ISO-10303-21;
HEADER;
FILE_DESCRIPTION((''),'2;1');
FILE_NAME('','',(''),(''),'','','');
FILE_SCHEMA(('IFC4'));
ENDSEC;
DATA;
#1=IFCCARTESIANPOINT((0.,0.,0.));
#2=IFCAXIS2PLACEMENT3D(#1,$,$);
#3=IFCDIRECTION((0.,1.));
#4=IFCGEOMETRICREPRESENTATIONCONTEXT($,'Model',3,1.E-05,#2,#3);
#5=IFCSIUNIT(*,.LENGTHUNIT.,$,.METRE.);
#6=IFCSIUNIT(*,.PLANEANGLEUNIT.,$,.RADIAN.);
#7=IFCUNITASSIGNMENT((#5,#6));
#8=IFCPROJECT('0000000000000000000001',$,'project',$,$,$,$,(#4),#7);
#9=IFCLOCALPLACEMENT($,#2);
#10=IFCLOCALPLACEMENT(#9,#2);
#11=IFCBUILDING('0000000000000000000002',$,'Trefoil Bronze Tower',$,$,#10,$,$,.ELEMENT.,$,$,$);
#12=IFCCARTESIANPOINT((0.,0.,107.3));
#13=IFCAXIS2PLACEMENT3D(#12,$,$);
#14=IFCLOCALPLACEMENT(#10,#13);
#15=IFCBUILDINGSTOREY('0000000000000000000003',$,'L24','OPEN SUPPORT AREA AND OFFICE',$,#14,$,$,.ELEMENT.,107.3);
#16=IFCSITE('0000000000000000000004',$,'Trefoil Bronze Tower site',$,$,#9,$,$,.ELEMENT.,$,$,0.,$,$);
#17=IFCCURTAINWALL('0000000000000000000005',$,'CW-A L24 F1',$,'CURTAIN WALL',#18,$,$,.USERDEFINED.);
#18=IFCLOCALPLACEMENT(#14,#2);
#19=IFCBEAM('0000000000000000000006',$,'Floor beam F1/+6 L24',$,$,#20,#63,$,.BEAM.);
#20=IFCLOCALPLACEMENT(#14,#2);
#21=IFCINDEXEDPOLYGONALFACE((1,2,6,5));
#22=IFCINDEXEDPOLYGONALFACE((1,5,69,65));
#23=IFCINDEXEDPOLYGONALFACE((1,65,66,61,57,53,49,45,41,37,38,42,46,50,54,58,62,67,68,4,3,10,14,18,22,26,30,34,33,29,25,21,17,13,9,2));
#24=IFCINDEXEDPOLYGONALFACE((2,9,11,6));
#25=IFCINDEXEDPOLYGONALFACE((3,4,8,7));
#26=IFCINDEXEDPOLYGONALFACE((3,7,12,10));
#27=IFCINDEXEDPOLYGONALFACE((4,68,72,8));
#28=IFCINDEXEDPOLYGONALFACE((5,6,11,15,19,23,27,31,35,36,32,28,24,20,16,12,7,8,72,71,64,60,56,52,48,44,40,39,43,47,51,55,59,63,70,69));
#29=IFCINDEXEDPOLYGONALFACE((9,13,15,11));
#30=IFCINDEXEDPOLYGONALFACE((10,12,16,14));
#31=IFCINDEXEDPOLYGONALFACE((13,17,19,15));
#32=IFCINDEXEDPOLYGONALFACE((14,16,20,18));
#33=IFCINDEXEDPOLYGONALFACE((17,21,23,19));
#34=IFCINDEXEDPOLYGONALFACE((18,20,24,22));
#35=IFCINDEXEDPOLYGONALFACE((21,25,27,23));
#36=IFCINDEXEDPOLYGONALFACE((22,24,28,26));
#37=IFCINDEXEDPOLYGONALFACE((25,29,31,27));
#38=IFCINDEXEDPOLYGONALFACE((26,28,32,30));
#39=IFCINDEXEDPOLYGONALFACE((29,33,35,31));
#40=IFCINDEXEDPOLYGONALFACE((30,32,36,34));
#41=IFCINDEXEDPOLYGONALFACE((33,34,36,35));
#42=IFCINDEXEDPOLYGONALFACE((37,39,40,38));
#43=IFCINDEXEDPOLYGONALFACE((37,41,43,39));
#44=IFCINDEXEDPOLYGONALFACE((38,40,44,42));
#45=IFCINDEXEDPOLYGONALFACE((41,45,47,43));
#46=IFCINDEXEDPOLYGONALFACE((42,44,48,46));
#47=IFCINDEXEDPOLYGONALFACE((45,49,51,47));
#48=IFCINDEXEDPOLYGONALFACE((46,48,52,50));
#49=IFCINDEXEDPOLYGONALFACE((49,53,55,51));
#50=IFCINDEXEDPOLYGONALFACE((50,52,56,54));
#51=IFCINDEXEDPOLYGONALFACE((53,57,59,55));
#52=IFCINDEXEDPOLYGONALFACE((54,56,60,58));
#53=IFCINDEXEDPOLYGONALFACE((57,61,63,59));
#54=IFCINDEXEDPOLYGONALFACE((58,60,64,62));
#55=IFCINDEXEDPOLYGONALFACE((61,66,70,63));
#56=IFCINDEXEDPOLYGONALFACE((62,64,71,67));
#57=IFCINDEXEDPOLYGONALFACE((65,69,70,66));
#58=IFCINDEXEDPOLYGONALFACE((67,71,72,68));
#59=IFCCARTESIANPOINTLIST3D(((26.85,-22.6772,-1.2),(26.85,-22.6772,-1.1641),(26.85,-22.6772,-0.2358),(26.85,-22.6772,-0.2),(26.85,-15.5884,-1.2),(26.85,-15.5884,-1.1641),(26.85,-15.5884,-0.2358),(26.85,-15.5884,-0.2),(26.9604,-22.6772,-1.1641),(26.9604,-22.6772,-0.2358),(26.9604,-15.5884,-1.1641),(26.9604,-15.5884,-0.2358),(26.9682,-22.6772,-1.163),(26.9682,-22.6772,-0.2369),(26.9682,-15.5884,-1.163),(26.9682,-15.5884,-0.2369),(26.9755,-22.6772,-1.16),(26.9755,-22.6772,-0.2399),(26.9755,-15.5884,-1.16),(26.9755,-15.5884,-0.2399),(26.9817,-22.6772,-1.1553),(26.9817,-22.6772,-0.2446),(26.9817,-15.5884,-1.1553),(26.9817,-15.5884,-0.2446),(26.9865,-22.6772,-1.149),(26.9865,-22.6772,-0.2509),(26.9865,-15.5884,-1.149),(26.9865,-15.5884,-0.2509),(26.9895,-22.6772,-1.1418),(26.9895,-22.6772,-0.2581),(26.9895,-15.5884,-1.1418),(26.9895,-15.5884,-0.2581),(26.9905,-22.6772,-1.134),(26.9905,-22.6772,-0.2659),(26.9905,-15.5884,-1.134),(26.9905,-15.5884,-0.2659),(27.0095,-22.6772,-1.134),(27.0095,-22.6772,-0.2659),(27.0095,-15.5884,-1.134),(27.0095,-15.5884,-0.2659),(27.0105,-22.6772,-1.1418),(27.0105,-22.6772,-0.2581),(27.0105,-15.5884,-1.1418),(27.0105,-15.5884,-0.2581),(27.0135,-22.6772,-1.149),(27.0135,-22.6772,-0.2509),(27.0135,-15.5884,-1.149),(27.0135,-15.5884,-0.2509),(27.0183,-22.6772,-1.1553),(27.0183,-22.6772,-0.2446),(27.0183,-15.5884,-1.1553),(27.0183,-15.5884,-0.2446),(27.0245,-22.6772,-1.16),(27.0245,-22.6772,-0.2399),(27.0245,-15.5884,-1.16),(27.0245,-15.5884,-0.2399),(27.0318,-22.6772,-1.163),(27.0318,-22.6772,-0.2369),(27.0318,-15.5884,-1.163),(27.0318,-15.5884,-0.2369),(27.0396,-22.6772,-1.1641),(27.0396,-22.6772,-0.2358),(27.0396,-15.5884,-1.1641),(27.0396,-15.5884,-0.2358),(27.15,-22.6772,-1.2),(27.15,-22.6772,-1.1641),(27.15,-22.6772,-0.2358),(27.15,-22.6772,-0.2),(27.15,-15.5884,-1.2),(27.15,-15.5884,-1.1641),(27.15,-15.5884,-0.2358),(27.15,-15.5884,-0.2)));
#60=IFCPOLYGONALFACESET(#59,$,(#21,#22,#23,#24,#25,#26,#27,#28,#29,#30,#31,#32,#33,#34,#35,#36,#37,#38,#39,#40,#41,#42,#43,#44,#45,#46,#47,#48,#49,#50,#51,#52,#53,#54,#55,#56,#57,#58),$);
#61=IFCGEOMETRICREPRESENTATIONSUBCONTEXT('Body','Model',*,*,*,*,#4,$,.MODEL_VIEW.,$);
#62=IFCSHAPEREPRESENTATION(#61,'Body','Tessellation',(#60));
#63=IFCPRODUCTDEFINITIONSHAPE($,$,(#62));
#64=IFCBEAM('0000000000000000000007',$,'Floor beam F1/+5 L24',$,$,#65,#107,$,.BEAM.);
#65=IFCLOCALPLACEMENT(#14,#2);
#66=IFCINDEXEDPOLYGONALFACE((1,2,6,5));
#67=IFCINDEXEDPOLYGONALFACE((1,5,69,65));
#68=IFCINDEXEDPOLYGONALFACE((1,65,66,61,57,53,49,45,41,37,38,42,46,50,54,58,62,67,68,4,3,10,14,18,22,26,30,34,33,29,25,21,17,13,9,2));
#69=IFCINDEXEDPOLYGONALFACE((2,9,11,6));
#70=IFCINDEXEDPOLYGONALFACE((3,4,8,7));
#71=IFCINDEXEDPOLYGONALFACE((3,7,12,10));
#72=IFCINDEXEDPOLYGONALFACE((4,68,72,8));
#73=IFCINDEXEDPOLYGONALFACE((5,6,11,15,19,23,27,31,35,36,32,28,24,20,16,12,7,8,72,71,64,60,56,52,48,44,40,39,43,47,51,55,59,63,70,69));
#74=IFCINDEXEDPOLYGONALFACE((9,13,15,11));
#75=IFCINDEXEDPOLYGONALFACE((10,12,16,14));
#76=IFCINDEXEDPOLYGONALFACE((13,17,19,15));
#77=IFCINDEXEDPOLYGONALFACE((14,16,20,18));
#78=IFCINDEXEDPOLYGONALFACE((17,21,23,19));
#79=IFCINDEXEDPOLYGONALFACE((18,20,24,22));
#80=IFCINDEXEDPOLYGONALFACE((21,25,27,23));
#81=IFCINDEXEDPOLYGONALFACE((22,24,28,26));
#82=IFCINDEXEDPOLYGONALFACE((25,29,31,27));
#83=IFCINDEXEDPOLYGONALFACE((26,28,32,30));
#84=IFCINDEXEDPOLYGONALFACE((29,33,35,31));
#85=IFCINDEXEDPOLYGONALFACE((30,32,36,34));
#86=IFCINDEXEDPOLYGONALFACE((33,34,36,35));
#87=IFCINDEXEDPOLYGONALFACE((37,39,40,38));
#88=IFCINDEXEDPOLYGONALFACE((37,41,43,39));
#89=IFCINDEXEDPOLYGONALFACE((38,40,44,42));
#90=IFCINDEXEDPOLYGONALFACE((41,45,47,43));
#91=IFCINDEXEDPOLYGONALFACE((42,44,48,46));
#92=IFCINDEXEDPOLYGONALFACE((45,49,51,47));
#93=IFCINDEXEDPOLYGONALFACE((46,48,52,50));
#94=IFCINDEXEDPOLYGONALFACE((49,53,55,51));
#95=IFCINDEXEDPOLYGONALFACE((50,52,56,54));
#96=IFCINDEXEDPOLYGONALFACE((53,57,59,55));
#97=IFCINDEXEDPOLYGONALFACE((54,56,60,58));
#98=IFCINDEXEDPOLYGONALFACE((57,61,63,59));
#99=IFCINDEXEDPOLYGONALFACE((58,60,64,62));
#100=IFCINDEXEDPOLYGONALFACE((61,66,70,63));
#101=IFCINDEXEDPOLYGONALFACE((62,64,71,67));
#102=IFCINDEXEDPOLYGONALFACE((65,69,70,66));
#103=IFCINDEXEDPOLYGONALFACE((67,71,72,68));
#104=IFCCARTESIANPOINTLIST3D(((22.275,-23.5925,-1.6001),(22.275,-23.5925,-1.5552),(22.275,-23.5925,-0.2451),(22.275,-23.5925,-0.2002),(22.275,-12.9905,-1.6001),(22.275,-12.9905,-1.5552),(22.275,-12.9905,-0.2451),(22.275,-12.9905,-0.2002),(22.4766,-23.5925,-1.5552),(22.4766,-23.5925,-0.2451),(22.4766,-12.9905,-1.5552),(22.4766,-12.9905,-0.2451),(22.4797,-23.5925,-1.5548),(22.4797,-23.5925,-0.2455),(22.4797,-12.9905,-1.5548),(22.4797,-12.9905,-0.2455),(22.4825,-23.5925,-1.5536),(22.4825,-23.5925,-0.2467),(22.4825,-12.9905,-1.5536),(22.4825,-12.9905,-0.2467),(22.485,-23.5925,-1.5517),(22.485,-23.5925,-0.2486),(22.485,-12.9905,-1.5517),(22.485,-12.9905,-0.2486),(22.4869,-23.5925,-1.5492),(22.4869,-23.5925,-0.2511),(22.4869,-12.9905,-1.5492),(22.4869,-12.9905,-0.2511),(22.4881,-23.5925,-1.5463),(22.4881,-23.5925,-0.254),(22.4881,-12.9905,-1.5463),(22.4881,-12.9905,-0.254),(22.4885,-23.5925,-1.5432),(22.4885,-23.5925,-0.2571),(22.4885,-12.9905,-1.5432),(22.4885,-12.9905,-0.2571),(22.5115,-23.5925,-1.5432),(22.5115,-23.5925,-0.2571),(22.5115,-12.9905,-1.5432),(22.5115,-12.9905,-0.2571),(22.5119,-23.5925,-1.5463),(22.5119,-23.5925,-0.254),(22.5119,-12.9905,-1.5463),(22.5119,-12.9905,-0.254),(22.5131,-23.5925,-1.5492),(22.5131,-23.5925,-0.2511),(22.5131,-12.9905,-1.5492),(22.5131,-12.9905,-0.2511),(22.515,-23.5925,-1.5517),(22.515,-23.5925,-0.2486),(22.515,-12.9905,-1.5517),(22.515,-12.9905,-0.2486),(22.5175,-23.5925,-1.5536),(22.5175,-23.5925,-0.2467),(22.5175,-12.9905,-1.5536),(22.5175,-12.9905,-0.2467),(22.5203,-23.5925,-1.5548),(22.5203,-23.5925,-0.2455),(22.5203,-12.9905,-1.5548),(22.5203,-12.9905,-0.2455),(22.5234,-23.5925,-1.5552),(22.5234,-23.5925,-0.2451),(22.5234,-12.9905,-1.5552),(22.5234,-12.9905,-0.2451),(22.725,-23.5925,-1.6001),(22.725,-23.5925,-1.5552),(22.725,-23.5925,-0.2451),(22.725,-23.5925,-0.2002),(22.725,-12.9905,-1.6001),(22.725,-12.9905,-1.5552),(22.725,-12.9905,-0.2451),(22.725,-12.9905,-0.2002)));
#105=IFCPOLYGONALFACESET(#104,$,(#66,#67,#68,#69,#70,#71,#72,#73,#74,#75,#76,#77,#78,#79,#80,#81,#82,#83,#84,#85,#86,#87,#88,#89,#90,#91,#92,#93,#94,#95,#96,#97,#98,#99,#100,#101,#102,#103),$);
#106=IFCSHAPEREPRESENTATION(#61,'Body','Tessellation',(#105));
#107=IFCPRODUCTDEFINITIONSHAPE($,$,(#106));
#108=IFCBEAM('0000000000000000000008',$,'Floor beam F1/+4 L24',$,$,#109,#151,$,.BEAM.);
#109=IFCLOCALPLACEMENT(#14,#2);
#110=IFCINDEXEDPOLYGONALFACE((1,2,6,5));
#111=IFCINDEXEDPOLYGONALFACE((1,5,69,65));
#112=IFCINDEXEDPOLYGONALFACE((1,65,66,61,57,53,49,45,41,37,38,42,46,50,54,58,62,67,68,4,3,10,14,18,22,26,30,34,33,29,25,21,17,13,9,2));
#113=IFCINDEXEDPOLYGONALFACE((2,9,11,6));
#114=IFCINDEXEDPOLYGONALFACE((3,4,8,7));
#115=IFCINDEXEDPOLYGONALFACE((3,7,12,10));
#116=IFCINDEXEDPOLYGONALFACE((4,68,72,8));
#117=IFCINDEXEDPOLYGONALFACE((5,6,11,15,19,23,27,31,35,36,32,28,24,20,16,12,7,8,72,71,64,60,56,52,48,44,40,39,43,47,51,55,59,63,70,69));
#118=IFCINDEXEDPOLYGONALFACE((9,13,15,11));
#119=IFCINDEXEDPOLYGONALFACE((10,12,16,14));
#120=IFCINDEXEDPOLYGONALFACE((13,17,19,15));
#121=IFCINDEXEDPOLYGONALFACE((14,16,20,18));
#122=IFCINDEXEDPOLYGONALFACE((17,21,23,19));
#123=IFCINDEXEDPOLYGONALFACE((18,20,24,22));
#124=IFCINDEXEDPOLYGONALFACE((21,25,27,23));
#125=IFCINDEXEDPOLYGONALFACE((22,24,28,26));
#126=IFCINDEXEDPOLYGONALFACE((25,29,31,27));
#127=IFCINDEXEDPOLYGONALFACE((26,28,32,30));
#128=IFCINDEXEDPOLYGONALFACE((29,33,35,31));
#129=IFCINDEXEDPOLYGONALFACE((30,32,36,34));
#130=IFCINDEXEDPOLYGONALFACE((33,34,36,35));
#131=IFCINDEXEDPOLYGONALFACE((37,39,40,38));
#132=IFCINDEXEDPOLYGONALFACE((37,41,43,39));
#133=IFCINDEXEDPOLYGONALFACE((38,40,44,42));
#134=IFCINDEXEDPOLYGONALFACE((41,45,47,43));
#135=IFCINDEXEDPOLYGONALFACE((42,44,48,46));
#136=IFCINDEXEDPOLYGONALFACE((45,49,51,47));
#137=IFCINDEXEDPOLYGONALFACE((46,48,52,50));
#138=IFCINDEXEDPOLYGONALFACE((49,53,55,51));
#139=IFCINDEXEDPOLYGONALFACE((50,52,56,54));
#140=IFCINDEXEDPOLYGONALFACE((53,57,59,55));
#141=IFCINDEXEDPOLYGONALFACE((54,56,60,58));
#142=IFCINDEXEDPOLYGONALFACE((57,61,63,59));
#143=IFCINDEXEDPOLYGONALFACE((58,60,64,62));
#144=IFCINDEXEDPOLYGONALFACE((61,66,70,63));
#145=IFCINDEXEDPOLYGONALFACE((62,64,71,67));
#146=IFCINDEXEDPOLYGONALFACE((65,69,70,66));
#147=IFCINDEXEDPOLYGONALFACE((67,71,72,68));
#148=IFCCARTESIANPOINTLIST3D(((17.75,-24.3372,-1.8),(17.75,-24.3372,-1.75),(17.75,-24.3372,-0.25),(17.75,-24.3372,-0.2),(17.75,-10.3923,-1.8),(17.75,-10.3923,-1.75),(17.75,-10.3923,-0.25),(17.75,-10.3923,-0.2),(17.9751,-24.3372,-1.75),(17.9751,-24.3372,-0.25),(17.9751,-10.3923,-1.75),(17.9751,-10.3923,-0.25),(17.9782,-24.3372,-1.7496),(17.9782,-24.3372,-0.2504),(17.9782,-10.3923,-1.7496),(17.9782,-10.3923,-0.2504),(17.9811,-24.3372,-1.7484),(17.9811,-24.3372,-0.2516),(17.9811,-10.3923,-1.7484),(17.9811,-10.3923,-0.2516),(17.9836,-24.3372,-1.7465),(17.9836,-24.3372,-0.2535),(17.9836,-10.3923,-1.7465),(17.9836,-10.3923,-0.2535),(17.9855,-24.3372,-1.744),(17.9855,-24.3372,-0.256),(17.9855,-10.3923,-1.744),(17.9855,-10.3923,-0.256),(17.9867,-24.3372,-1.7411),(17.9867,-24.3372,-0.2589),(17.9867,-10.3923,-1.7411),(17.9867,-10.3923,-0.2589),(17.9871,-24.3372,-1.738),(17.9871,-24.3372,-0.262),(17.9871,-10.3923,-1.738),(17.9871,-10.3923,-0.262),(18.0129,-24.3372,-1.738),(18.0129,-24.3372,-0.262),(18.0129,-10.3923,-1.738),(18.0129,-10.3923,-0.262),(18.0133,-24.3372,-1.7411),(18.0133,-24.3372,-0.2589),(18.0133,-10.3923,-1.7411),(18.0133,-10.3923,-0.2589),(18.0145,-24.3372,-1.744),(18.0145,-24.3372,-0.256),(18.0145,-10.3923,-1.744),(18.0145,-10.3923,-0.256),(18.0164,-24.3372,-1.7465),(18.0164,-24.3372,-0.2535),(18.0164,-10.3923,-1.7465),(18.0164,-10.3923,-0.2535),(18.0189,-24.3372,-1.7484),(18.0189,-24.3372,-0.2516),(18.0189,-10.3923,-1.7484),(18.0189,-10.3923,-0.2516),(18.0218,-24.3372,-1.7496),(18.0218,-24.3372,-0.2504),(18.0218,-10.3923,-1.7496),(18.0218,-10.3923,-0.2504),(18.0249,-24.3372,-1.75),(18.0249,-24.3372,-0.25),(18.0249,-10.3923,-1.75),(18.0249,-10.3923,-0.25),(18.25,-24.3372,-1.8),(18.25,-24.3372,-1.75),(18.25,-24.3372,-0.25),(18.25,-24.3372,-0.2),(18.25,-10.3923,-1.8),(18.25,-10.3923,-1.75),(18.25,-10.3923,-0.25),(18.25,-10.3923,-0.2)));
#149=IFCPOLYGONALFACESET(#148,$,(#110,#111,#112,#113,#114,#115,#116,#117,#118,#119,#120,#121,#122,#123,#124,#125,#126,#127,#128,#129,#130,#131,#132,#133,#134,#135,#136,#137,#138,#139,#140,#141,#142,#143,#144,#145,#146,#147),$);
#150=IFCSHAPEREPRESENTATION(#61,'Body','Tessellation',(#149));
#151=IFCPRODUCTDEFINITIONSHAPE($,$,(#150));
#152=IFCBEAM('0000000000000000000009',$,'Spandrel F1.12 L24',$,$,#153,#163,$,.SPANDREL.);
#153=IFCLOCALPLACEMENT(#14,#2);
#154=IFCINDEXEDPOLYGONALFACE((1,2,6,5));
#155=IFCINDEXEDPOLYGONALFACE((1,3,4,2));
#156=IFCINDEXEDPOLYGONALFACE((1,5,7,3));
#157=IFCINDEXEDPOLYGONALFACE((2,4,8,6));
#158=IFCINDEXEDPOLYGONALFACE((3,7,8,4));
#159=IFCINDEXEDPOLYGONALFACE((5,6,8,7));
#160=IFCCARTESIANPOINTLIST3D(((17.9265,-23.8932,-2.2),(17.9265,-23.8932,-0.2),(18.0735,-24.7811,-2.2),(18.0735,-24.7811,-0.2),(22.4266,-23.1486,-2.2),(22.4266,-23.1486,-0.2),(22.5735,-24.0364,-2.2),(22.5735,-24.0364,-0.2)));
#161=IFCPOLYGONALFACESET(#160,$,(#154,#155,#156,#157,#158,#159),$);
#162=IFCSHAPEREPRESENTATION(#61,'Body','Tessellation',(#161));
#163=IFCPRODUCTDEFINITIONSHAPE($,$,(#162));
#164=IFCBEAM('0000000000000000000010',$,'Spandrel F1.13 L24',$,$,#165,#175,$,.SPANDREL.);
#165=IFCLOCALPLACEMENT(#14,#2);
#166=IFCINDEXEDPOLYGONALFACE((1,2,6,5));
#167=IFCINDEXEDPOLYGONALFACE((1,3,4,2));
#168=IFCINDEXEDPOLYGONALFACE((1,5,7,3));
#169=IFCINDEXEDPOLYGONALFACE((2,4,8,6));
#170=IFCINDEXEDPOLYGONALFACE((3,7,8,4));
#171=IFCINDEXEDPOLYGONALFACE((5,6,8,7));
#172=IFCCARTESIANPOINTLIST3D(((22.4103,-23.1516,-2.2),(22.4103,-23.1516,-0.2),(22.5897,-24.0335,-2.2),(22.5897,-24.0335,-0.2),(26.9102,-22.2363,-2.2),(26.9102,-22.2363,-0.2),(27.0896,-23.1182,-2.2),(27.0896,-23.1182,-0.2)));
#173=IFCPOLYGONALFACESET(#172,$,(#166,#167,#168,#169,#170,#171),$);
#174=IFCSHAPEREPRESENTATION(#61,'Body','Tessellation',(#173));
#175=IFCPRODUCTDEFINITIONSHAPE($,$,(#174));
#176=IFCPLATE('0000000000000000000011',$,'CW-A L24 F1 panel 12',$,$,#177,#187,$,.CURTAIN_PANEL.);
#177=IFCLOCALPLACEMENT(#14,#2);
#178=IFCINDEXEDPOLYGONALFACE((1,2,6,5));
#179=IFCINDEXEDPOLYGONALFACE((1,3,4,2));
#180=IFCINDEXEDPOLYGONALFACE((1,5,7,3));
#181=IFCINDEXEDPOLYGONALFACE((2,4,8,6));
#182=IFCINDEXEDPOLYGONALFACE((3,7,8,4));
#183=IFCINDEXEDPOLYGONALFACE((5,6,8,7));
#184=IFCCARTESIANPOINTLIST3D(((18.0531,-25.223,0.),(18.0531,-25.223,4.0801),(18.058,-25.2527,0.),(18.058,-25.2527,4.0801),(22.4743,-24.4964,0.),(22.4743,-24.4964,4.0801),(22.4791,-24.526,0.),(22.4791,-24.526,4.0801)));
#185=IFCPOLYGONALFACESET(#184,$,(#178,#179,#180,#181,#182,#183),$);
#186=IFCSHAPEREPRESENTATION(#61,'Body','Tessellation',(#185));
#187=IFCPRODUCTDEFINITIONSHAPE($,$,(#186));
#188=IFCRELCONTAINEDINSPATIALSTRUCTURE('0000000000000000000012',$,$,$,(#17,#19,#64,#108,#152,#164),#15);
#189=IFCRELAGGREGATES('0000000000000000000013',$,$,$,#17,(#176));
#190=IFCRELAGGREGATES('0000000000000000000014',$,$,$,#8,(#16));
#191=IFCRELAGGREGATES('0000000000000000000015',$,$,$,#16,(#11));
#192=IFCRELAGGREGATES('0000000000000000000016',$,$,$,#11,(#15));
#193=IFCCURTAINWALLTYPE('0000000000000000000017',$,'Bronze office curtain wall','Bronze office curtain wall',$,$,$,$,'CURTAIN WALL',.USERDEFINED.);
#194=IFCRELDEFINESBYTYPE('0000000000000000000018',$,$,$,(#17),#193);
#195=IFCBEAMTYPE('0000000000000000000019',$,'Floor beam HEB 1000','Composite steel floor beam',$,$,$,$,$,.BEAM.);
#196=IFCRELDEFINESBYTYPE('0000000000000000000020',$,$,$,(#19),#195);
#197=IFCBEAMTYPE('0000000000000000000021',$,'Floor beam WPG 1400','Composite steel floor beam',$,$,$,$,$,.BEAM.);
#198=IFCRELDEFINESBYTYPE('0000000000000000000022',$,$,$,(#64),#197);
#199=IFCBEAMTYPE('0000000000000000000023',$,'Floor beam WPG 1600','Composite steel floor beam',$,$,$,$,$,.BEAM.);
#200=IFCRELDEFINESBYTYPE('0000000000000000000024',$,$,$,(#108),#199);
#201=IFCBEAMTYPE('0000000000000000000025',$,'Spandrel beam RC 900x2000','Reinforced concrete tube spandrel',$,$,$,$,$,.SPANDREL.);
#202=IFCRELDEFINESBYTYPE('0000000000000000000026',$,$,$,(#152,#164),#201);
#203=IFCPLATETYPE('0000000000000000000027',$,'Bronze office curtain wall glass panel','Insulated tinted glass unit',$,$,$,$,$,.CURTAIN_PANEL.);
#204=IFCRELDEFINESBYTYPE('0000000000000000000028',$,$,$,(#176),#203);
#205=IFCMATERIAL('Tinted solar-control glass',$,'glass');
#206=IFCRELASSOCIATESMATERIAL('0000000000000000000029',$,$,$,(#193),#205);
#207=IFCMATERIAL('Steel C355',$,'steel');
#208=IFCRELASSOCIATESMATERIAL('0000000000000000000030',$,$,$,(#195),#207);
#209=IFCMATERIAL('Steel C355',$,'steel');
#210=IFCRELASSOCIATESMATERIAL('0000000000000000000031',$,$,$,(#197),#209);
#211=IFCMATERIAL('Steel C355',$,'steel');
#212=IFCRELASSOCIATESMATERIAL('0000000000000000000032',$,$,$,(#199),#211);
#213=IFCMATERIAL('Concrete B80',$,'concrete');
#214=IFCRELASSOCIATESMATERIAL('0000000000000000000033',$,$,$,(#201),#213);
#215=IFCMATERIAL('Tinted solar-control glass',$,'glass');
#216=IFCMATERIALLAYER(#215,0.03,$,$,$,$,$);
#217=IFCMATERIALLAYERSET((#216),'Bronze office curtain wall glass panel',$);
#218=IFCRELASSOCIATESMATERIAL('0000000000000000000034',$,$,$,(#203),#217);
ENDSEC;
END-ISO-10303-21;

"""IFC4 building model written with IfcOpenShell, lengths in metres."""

from ifc_helpers import new_model, si_unit, direction, frame, origin, origin_2d, place, context, subcontext, project, spatial, rectangle, i_section, extrude, material, layer, layer_set, material_profile, profile_set, type_object, element, aggregate, save


model = new_model("IFC4")

# Units and contexts
model_context = context("Model", 3, precision=1e-05, world=origin(), true_north=direction((0.0, 1.0)))
body_context = subcontext(model_context, "Body", "Model", "MODEL_VIEW")
ifc_project = project(units=[si_unit("LENGTHUNIT", "METRE"), si_unit("PLANEANGLEUNIT", "RADIAN")], contexts=[model_context])

# Site, building, storey
site_placement = place(None, origin())
site = spatial("IfcSite", under=ifc_project, at=site_placement, Name="Trefoil Bronze Tower site", CompositionType="ELEMENT", RefElevation=0.0)
building_placement = place(site_placement, origin())
building = spatial("IfcBuilding", under=site, at=building_placement, Name="Trefoil Bronze Tower", CompositionType="ELEMENT")
storey_placement = place(building_placement, frame((0.0, 0.0, 107.3)))
storey = spatial("IfcBuildingStorey", under=building, at=storey_placement, Name="L24", Description="OPEN SUPPORT AREA AND OFFICE", CompositionType="ELEMENT", Elevation=107.3)

# Curtain wall
ifc_material_1 = material(Name="Tinted solar-control glass", Category="glass")
curtain_wall_type_1 = type_object("IfcCurtainWallType", Name="Bronze office curtain wall", Description="Bronze office curtain wall", ElementType="CURTAIN WALL", PredefinedType="USERDEFINED", material=ifc_material_1)
curtain_wall_1_placement = place(storey_placement, origin())
curtain_wall_1 = element("IfcCurtainWall", 1, at=curtain_wall_1_placement, inside=storey, type_object=curtain_wall_type_1, Name="CW-A L24 F1", ObjectType="CURTAIN WALL", PredefinedType="USERDEFINED")

# Beams
ifc_material_2 = material(Name="Steel C355", Category="steel")
ifc_material_profile_1 = material_profile(ifc_material_2, i_section(OverallWidth=0.3, OverallDepth=1.0, WebThickness=0.019, FlangeThickness=0.0359, FilletRadius=0.03, at=origin_2d()), Name="HEB 1000")
ifc_profile_set_1 = profile_set([ifc_material_profile_1], Name="Steel C355")
beam_type_1 = type_object("IfcBeamType", Name="Floor beam HEB 1000", Description="Composite steel floor beam", PredefinedType="BEAM", material=ifc_profile_set_1)
beam_1_placement = place(storey_placement, frame((27.0, -22.6772, -0.7), z_axis=(0.0, 1.0, 0.0), x_axis=(-1.0, 0.0, 0.0)))
element("IfcBeam", 2, at=beam_1_placement, inside=storey, type_object=beam_type_1, Name="Floor beam F1/+6 L24", PredefinedType="BEAM", context=body_context, shape_type="SweptSolid", body=[
    extrude(i_section(OverallWidth=0.3, OverallDepth=1.0, WebThickness=0.019, FlangeThickness=0.0359, FilletRadius=0.03, at=origin_2d()), origin(), (0.0, 0.0, 1.0), 7.0889),
])
ifc_material_3 = material(Name="Steel C355", Category="steel")
ifc_material_profile_2 = material_profile(ifc_material_3, i_section(OverallWidth=0.45, OverallDepth=1.3999, WebThickness=0.0229, FlangeThickness=0.0449, FilletRadius=0.012, at=origin_2d()), Name="WPG 1400")
ifc_profile_set_2 = profile_set([ifc_material_profile_2], Name="Steel C355")
beam_type_2 = type_object("IfcBeamType", Name="Floor beam WPG 1400", Description="Composite steel floor beam", PredefinedType="BEAM", material=ifc_profile_set_2)
beam_2_placement = place(storey_placement, frame((22.5, -23.5925, -0.9001), z_axis=(0.0, 1.0, 0.0), x_axis=(-1.0, 0.0, 0.0)))
element("IfcBeam", 3, at=beam_2_placement, inside=storey, type_object=beam_type_2, Name="Floor beam F1/+5 L24", PredefinedType="BEAM", context=body_context, shape_type="SweptSolid", body=[
    extrude(i_section(OverallWidth=0.45, OverallDepth=1.3999, WebThickness=0.0229, FlangeThickness=0.0449, FilletRadius=0.012, at=origin_2d()), origin(), (0.0, 0.0, 1.0), 10.6021),
])
ifc_material_4 = material(Name="Steel C355", Category="steel")
ifc_material_profile_3 = material_profile(ifc_material_4, i_section(OverallWidth=0.5, OverallDepth=1.6001, WebThickness=0.0259, FlangeThickness=0.05, FilletRadius=0.012, at=origin_2d()), Name="WPG 1600")
ifc_profile_set_3 = profile_set([ifc_material_profile_3], Name="Steel C355")
beam_type_3 = type_object("IfcBeamType", Name="Floor beam WPG 1600", Description="Composite steel floor beam", PredefinedType="BEAM", material=ifc_profile_set_3)
beam_3_placement = place(storey_placement, frame((18.0, -24.3372, -1.0), z_axis=(0.0, 1.0, 0.0), x_axis=(-1.0, 0.0, 0.0)))
element("IfcBeam", 4, at=beam_3_placement, inside=storey, type_object=beam_type_3, Name="Floor beam F1/+4 L24", PredefinedType="BEAM", context=body_context, shape_type="SweptSolid", body=[
    extrude(i_section(OverallWidth=0.5, OverallDepth=1.6001, WebThickness=0.0259, FlangeThickness=0.05, FilletRadius=0.012, at=origin_2d()), origin(), (0.0, 0.0, 1.0), 13.9448),
])
ifc_material_5 = material(Name="Concrete B80", Category="concrete")
ifc_material_profile_4 = material_profile(ifc_material_5, rectangle(XDim=0.8999, YDim=2.0, at=origin_2d()), Name="RC 900x2000")
ifc_profile_set_4 = profile_set([ifc_material_profile_4], Name="Concrete B80")
beam_type_4 = type_object("IfcBeamType", Name="Spandrel beam RC 900x2000", Description="Reinforced concrete tube spandrel", PredefinedType="SPANDREL", material=ifc_profile_set_4)
beam_4_placement = place(storey_placement, frame((18.0, -24.3372, -1.2), z_axis=(0.986584, 0.163253, 0.0), x_axis=(-0.163253, 0.986584, 0.0)))
element("IfcBeam", 5, at=beam_4_placement, inside=storey, type_object=beam_type_4, Name="Spandrel F1.12 L24", PredefinedType="SPANDREL", context=body_context, shape_type="SweptSolid", body=[
    extrude(rectangle(XDim=0.8999, YDim=2.0, at=origin_2d()), origin(), (0.0, 0.0, 1.0), 4.5613),
])
beam_5_placement = place(storey_placement, frame((22.5, -23.5925, -1.2), z_axis=(0.979935, 0.199315, 0.0), x_axis=(-0.199315, 0.979935, 0.0)))
element("IfcBeam", 6, at=beam_5_placement, inside=storey, type_object=beam_type_4, Name="Spandrel F1.13 L24", PredefinedType="SPANDREL", context=body_context, shape_type="SweptSolid", body=[
    extrude(rectangle(XDim=0.8999, YDim=2.0, at=origin_2d()), origin(), (0.0, 0.0, 1.0), 4.592),
])

# Plate
ifc_material_6 = material(Name="Tinted solar-control glass", Category="glass")
ifc_layer_1 = layer(ifc_material_6, 0.03)
ifc_layer_set_1 = layer_set([ifc_layer_1], Name="Bronze office curtain wall glass panel")
plate_type_1 = type_object("IfcPlateType", Name="Bronze office curtain wall glass panel", Description="Insulated tinted glass unit", PredefinedType="CURTAIN_PANEL", material=ifc_layer_set_1)
plate_1_placement = place(storey_placement, frame((20.2661, -24.8745, 0.0), z_axis=(0.0, 0.0, 1.0), x_axis=(0.98676, 0.162189, 0.0)))
plate_1 = element("IfcPlate", 7, at=plate_1_placement, type_object=plate_type_1, Name="CW-A L24 F1 panel 12", PredefinedType="CURTAIN_PANEL", context=body_context, shape_type="SweptSolid", body=[
    extrude(rectangle(XDim=4.4805, YDim=0.03, at=origin_2d()), origin(), (0.0, 0.0, 1.0), 4.0801),
])
aggregate(curtain_wall_1, [plate_1])

save(model, "model.ifc")
